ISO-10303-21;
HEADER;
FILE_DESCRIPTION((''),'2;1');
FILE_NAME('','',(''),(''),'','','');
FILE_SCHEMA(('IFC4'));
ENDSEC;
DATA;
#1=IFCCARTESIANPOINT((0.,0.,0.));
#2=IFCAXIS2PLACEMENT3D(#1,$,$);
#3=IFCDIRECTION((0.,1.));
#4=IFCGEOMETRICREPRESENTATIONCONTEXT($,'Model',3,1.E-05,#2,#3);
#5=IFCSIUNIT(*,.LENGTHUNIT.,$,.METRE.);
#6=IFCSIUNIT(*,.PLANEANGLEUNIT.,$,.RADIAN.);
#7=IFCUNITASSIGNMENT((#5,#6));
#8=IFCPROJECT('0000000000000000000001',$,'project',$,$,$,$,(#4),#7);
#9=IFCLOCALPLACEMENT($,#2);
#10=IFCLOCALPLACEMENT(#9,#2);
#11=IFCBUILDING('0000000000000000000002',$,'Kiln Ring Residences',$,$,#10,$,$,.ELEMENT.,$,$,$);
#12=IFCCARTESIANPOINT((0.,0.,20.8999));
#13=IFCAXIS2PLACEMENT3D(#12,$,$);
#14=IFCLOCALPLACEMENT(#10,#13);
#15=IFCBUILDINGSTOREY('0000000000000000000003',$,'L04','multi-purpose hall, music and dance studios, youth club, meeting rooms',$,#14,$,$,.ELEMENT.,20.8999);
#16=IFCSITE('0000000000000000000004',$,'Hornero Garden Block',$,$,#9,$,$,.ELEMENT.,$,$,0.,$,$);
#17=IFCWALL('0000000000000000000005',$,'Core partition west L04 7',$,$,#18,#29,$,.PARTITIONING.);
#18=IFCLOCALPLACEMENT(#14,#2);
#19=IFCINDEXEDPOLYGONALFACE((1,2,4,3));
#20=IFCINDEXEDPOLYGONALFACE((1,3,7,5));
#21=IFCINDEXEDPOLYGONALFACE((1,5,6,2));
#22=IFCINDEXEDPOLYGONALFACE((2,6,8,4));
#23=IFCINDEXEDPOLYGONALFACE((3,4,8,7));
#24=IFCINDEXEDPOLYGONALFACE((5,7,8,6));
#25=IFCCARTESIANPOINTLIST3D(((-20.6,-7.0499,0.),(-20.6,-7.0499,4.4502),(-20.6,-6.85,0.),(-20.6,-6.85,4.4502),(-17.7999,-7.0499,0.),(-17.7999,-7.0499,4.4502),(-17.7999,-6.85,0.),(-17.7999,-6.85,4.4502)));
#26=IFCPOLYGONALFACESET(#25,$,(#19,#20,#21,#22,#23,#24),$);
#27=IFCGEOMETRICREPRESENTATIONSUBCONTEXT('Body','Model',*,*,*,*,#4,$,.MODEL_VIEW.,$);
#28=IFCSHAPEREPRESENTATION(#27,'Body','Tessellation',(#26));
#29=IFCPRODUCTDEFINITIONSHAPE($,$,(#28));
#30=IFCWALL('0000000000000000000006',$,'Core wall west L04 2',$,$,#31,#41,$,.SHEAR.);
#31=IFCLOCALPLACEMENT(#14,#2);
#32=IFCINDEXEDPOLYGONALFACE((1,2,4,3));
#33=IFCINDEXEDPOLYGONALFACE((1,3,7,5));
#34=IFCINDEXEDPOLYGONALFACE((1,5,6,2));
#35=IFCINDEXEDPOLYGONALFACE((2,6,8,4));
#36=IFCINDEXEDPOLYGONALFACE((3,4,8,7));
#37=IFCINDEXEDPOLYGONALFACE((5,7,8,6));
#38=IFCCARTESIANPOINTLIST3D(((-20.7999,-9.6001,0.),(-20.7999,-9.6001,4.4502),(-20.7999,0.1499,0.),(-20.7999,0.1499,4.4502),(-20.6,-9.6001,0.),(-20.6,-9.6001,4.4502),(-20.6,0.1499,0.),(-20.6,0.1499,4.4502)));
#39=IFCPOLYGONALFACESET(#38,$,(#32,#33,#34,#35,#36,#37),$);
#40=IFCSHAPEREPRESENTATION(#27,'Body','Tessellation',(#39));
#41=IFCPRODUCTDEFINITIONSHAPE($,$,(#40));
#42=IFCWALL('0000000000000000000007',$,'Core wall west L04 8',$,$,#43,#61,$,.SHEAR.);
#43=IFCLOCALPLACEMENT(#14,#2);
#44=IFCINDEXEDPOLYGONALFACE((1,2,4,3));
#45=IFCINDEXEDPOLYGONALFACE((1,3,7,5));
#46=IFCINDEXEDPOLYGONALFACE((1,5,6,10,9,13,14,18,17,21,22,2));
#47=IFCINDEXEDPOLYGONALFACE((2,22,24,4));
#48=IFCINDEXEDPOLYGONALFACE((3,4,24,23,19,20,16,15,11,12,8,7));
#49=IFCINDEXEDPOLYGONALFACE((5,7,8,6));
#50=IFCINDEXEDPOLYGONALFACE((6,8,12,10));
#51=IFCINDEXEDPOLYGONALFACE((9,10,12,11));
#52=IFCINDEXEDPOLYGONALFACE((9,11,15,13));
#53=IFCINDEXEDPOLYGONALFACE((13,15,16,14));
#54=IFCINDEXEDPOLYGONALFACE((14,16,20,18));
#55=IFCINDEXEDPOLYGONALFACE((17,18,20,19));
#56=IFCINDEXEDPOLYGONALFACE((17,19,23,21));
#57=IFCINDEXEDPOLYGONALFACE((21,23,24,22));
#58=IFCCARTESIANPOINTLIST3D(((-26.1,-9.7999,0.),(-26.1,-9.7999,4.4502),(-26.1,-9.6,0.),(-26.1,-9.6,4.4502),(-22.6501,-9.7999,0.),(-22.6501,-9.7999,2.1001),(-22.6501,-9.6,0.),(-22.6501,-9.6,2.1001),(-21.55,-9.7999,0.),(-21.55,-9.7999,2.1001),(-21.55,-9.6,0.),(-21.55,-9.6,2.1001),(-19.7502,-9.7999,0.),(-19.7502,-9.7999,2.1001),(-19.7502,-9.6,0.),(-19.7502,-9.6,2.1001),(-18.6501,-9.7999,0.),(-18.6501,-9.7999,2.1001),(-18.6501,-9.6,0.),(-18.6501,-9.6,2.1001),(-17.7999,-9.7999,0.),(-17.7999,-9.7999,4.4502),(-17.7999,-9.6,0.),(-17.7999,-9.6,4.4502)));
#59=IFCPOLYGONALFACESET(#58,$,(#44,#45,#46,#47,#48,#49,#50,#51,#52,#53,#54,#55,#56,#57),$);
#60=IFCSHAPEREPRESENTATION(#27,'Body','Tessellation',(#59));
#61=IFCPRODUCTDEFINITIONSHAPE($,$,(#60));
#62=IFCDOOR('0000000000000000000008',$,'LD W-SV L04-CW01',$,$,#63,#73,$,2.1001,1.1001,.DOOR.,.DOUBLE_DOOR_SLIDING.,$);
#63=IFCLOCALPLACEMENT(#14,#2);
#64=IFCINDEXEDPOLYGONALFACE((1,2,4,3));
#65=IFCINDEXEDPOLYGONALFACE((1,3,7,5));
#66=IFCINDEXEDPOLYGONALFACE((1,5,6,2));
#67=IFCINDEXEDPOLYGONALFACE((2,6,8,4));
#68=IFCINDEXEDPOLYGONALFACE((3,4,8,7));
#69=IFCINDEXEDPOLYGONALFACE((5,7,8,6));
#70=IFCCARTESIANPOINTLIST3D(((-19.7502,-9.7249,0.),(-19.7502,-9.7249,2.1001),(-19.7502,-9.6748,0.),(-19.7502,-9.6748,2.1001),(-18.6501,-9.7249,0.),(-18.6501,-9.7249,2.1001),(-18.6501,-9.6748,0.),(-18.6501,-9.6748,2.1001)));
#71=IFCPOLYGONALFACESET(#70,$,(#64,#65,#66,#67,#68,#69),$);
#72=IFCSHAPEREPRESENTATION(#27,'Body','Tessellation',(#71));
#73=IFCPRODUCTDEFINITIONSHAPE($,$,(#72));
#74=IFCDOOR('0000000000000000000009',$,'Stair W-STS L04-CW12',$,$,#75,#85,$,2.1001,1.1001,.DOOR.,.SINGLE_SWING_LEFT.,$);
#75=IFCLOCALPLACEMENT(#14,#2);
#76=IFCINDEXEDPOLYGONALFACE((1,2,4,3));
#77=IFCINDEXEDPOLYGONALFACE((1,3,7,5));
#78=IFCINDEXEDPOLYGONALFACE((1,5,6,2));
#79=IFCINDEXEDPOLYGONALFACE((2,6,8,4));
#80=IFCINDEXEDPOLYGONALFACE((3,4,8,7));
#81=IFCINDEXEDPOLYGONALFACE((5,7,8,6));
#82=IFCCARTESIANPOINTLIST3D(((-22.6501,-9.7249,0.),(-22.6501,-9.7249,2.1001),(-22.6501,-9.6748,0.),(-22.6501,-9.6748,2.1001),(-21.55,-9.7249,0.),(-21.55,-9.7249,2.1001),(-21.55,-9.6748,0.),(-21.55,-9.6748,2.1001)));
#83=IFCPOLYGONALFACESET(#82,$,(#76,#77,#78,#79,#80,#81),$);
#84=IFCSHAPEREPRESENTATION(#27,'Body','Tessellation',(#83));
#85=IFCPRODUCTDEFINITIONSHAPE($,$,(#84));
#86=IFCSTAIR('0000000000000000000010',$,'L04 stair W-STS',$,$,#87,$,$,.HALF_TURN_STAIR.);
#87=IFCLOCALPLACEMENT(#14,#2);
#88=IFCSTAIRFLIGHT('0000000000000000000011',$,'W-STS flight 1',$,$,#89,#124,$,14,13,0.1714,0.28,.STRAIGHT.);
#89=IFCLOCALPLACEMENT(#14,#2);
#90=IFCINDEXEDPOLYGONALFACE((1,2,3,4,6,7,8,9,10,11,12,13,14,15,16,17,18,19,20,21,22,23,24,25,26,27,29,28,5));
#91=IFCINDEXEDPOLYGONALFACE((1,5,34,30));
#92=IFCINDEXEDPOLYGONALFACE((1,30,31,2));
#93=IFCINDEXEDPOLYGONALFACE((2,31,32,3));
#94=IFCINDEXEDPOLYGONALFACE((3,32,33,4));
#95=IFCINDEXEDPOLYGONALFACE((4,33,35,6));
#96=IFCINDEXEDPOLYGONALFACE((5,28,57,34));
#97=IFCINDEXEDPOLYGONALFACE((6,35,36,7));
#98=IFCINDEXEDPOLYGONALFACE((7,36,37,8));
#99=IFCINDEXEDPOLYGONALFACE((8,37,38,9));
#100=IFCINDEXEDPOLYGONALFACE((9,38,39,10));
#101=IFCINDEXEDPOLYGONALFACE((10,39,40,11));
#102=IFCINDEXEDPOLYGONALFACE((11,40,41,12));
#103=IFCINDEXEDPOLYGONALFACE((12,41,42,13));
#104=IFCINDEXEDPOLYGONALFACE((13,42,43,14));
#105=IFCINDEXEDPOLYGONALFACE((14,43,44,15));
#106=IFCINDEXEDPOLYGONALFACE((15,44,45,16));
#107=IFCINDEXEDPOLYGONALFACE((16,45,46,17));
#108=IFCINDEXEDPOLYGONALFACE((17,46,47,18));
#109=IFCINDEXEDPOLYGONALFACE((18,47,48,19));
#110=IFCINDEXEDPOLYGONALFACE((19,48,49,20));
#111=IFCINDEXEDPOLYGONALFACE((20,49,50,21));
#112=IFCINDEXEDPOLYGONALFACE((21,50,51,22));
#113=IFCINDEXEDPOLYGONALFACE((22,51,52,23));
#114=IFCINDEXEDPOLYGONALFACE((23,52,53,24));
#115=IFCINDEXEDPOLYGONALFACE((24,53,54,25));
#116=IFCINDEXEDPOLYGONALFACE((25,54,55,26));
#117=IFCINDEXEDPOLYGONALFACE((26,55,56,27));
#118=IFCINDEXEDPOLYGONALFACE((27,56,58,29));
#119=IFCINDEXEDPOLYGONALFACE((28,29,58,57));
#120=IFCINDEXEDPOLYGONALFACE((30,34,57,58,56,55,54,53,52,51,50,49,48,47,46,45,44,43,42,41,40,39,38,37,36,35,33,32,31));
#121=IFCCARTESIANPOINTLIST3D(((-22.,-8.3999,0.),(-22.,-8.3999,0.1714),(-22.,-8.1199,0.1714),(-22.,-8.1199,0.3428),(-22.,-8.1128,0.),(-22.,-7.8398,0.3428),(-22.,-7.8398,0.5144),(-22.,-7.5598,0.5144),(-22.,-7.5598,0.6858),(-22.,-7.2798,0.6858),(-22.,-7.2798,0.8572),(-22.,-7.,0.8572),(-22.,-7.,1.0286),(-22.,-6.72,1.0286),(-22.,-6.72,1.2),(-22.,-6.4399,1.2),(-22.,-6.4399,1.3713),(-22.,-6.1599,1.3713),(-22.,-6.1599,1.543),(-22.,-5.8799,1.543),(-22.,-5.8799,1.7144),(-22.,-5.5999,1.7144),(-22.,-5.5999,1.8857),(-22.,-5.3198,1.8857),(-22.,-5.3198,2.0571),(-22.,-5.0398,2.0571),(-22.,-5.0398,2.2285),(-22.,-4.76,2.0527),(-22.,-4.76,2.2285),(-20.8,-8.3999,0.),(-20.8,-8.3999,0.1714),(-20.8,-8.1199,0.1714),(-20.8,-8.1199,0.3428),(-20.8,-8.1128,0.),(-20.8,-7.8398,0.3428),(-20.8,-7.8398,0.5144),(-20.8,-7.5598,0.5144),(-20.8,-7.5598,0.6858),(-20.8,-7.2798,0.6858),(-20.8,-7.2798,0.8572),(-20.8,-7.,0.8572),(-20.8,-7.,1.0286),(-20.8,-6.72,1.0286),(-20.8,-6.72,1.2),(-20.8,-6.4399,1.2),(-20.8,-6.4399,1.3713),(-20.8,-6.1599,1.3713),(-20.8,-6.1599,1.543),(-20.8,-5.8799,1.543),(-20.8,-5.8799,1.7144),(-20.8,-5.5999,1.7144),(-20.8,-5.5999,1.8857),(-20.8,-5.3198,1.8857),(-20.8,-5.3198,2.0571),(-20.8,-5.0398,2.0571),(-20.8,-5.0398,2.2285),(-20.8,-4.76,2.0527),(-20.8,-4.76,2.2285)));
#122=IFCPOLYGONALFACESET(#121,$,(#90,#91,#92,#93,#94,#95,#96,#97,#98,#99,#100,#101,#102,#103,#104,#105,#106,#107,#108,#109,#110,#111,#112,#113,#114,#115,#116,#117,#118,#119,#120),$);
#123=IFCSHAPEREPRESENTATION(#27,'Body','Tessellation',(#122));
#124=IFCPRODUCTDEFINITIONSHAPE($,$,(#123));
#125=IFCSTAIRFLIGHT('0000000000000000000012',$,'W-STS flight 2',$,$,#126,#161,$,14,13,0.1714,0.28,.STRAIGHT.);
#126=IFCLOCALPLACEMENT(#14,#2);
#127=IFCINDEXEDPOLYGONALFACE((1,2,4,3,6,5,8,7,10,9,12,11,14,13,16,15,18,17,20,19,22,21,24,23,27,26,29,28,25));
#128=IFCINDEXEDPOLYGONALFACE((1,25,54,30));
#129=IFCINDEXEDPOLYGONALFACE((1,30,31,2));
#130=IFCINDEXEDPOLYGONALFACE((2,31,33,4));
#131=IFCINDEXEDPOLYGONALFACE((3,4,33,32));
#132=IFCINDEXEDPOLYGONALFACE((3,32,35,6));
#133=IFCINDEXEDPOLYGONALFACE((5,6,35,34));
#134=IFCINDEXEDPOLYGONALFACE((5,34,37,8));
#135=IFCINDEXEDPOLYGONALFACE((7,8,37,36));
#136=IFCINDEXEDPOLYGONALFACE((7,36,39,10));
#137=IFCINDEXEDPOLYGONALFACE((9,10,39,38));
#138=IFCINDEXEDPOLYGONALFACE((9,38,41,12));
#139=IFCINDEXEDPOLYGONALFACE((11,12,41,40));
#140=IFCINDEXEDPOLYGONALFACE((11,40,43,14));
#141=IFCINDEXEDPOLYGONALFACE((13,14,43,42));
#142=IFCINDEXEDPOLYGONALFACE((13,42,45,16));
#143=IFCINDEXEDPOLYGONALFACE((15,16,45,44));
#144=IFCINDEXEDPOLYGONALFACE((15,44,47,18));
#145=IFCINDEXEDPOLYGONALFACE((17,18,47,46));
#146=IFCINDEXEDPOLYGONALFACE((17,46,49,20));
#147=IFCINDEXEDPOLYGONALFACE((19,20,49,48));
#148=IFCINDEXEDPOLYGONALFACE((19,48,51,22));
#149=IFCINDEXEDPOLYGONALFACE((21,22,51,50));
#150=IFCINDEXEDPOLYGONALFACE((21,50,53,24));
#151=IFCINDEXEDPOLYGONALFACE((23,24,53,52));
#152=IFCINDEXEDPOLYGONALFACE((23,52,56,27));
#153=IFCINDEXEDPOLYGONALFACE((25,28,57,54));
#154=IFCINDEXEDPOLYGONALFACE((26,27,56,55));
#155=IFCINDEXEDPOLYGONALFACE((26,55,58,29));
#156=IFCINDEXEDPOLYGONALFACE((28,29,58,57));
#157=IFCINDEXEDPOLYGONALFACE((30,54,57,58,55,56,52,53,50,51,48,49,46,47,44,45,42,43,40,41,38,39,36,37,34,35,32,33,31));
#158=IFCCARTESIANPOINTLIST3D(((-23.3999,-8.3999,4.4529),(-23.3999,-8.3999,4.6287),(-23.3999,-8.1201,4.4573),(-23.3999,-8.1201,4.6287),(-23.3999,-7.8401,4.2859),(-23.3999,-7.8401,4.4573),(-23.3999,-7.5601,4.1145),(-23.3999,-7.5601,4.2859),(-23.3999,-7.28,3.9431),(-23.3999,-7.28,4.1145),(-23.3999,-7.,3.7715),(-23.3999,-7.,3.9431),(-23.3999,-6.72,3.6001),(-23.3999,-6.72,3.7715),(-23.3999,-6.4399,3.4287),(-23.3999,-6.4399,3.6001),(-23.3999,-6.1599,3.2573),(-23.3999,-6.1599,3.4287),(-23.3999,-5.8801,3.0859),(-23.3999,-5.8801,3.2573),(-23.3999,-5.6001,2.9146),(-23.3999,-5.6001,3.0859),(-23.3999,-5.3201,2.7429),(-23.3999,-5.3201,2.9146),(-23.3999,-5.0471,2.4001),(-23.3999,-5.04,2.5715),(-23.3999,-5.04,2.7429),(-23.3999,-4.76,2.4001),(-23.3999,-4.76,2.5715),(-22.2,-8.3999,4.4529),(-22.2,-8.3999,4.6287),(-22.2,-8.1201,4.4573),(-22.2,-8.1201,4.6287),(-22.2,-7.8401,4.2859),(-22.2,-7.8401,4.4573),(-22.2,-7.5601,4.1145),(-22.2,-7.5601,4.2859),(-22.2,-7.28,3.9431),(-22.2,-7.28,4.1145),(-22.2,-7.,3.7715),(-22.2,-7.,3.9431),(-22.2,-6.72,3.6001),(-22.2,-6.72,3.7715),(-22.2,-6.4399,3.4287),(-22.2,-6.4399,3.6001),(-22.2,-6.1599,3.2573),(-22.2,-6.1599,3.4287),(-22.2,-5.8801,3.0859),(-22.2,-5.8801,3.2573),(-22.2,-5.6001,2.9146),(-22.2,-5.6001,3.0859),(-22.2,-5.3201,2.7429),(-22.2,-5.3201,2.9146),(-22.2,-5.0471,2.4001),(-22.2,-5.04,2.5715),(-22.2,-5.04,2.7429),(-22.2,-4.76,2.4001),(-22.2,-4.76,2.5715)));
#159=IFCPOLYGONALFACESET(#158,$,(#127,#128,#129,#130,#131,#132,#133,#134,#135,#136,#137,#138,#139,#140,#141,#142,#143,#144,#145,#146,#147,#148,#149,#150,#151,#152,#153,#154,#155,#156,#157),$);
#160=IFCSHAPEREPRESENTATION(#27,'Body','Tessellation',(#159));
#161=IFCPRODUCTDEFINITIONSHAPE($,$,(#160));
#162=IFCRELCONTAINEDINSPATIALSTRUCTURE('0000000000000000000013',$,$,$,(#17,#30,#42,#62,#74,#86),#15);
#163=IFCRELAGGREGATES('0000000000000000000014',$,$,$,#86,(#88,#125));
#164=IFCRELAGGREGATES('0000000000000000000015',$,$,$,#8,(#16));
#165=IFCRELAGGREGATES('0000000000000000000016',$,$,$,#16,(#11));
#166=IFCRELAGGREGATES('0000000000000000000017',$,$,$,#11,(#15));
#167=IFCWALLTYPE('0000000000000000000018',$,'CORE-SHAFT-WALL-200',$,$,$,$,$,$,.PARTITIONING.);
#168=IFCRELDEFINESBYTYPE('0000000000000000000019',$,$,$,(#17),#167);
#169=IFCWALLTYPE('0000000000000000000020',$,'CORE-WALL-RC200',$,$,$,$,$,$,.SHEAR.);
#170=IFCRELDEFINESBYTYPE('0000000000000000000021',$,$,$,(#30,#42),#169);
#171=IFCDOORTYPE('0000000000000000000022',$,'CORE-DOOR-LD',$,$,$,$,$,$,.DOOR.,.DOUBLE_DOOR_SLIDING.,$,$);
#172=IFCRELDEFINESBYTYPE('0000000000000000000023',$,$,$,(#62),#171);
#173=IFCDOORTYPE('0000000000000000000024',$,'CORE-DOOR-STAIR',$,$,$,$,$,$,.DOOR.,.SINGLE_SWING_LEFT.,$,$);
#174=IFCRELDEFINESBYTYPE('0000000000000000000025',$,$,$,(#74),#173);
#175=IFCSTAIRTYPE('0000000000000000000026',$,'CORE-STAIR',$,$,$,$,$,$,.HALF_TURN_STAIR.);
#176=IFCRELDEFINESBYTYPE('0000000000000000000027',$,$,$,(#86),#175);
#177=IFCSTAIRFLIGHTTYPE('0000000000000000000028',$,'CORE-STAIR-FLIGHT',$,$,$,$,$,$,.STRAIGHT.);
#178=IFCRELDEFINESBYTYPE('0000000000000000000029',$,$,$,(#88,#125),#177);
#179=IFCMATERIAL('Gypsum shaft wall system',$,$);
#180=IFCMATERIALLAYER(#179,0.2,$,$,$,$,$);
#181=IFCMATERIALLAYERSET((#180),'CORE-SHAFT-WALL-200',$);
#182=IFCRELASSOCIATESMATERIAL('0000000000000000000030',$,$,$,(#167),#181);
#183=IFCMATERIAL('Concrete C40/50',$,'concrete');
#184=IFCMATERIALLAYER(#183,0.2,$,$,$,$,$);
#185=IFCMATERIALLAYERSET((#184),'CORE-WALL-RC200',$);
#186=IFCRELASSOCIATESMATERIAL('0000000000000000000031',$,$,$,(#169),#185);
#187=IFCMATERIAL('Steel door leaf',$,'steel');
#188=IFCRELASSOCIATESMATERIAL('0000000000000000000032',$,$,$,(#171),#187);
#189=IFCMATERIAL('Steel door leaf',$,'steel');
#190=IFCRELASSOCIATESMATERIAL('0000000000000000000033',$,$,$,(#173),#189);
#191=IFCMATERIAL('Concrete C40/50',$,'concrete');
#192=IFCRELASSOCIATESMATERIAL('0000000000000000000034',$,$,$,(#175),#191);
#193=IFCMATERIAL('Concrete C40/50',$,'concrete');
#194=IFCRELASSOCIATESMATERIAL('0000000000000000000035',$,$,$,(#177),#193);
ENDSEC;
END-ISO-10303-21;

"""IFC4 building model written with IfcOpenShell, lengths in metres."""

from ifc_helpers import new_model, si_unit, direction, frame, frame_2d, origin, place, context, subcontext, project, spatial, polyline, rectangle, outline, extrude, material, layer, layer_set, type_object, element, fill, aggregate, save


model = new_model("IFC4")

# Units and contexts
model_context = context("Model", 3, precision=1e-05, world=origin(), true_north=direction((0.0, 1.0)))
body_context = subcontext(model_context, "Body", "Model", "MODEL_VIEW")
ifc_project = project(units=[si_unit("LENGTHUNIT", "METRE"), si_unit("PLANEANGLEUNIT", "RADIAN")], contexts=[model_context])

# Site, building, storey
site_placement = place(None, origin())
site = spatial("IfcSite", under=ifc_project, at=site_placement, Name="Hornero Garden Block", CompositionType="ELEMENT", RefElevation=0.0)
building_placement = place(site_placement, origin())
building = spatial("IfcBuilding", under=site, at=building_placement, Name="Kiln Ring Residences", CompositionType="ELEMENT")
storey_placement = place(building_placement, frame((0.0, 0.0, 20.8999)))
storey = spatial("IfcBuildingStorey", under=building, at=storey_placement, Name="L04", Description="multi-purpose hall, music and dance studios, youth club, meeting rooms", CompositionType="ELEMENT", Elevation=20.8999)

# Walls
ifc_material_1 = material(Name="Gypsum shaft wall system")
ifc_layer_1 = layer(ifc_material_1, 0.2)
ifc_layer_set_1 = layer_set([ifc_layer_1], Name="CORE-SHAFT-WALL-200")
wall_type_1 = type_object("IfcWallType", Name="CORE-SHAFT-WALL-200", PredefinedType="PARTITIONING", material=ifc_layer_set_1)
wall_1_placement = place(storey_placement, frame((-17.8, -6.95, 0.0), z_axis=(0.0, 0.0, 1.0), x_axis=(-1.0, 0.0, 0.0)))
element("IfcWall", 1, at=wall_1_placement, inside=storey, type_object=wall_type_1, Name="Core partition west L04 7", PredefinedType="PARTITIONING", context=body_context, shape_type="SweptSolid", body=[
    extrude(rectangle(XDim=2.8, YDim=0.2, at=frame_2d((1.3999, 0.0))), origin(), (0.0, 0.0, 1.0), 4.4502),
])
ifc_material_2 = material(Name="Concrete C40/50", Category="concrete")
ifc_layer_2 = layer(ifc_material_2, 0.2)
ifc_layer_set_2 = layer_set([ifc_layer_2], Name="CORE-WALL-RC200")
wall_type_2 = type_object("IfcWallType", Name="CORE-WALL-RC200", PredefinedType="SHEAR", material=ifc_layer_set_2)
wall_2_placement = place(storey_placement, frame((-20.7, -9.6001, 0.0), z_axis=(0.0, 0.0, 1.0), x_axis=(0.0, 1.0, 0.0)))
element("IfcWall", 2, at=wall_2_placement, inside=storey, type_object=wall_type_2, Name="Core wall west L04 2", PredefinedType="SHEAR", context=body_context, shape_type="SweptSolid", body=[
    extrude(rectangle(XDim=9.75, YDim=0.2, at=frame_2d((4.875, 0.0))), origin(), (0.0, 0.0, 1.0), 4.4502),
])

# Wall, openings, doors
wall_3_placement = place(storey_placement, frame((-17.8, -9.7, 0.0), z_axis=(0.0, 0.0, 1.0), x_axis=(-1.0, 0.0, 0.0)))
wall_3 = element("IfcWall", 3, at=wall_3_placement, inside=storey, type_object=wall_type_2, Name="Core wall west L04 8", PredefinedType="SHEAR", context=body_context, shape_type="SweptSolid", body=[
    extrude(rectangle(XDim=8.3, YDim=0.2, at=frame_2d((4.1499, 0.0))), origin(), (0.0, 0.0, 1.0), 4.4502),
])
opening_1_placement = place(wall_3_placement, frame((0.8501, 0.0, 0.0)))
opening_1 = element("IfcOpeningElement", 4, at=opening_1_placement, cuts=wall_3, PredefinedType="OPENING", context=body_context, shape_type="SweptSolid", body=[
    extrude(rectangle(XDim=1.1001, YDim=2.1001, at=frame_2d((0.55, 1.05))), frame((0.0, 0.1099, 0.0), z_axis=(0.0, -1.0, 0.0), x_axis=(1.0, 0.0, 0.0)), (0.0, 0.0, 1.0), 0.22),
])
opening_2_placement = place(wall_3_placement, frame((3.75, 0.0, 0.0)))
opening_2 = element("IfcOpeningElement", 5, at=opening_2_placement, cuts=wall_3, PredefinedType="OPENING", context=body_context, shape_type="SweptSolid", body=[
    extrude(rectangle(XDim=1.1001, YDim=2.1001, at=frame_2d((0.55, 1.05))), frame((0.0, 0.1099, 0.0), z_axis=(0.0, -1.0, 0.0), x_axis=(1.0, 0.0, 0.0)), (0.0, 0.0, 1.0), 0.22),
])
ifc_material_3 = material(Name="Steel door leaf", Category="steel")
door_type_1 = type_object("IfcDoorType", Name="CORE-DOOR-LD", OperationType="DOUBLE_DOOR_SLIDING", PredefinedType="DOOR", material=ifc_material_3)
door_1_placement = place(opening_1_placement, origin())
door_1 = element("IfcDoor", 6, at=door_1_placement, inside=storey, type_object=door_type_1, Name="LD W-SV L04-CW01", OperationType="DOUBLE_DOOR_SLIDING", OverallHeight=2.1001, OverallWidth=1.1001, PredefinedType="DOOR", context=body_context, shape_type="SweptSolid", body=[
    extrude(rectangle(XDim=1.1001, YDim=2.1001, at=frame_2d((0.55, 1.05))), frame((0.0, 0.0249, 0.0), z_axis=(0.0, -1.0, 0.0), x_axis=(1.0, 0.0, 0.0)), (0.0, 0.0, 1.0), 0.05),
])
fill(opening_1, door_1)
ifc_material_4 = material(Name="Steel door leaf", Category="steel")
door_type_2 = type_object("IfcDoorType", Name="CORE-DOOR-STAIR", OperationType="SINGLE_SWING_LEFT", PredefinedType="DOOR", material=ifc_material_4)
door_2_placement = place(opening_2_placement, origin())
door_2 = element("IfcDoor", 7, at=door_2_placement, inside=storey, type_object=door_type_2, Name="Stair W-STS L04-CW12", OperationType="SINGLE_SWING_LEFT", OverallHeight=2.1001, OverallWidth=1.1001, PredefinedType="DOOR", context=body_context, shape_type="SweptSolid", body=[
    extrude(rectangle(XDim=1.1001, YDim=2.1001, at=frame_2d((0.55, 1.05))), frame((0.0, 0.0249, 0.0), z_axis=(0.0, -1.0, 0.0), x_axis=(1.0, 0.0, 0.0)), (0.0, 0.0, 1.0), 0.05),
])
fill(opening_2, door_2)

# Stair, stair flights
ifc_material_5 = material(Name="Concrete C40/50", Category="concrete")
stair_type = type_object("IfcStairType", Name="CORE-STAIR", PredefinedType="HALF_TURN_STAIR", material=ifc_material_5)
stair_placement = place(storey_placement, origin())
stair = element("IfcStair", 8, at=stair_placement, inside=storey, type_object=stair_type, Name="L04 stair W-STS", PredefinedType="HALF_TURN_STAIR")
ifc_material_6 = material(Name="Concrete C40/50", Category="concrete")
stair_flight_type = type_object("IfcStairFlightType", Name="CORE-STAIR-FLIGHT", PredefinedType="STRAIGHT", material=ifc_material_6)
stair_flight_1_placement = place(storey_placement, frame((-21.3999, -8.3999, 0.0), z_axis=(0.0, 0.0, 1.0), x_axis=(0.0, 1.0, 0.0)))
stair_flight_1 = element("IfcStairFlight", 9, at=stair_flight_1_placement, type_object=stair_flight_type, Name="W-STS flight 1", NumberOfRisers=14, NumberOfTreads=13, PredefinedType="STRAIGHT", RiserHeight=0.1714, TreadLength=0.28, context=body_context, shape_type="SweptSolid", body=[
    extrude(outline(polyline([(0.0, 0.0), (0.0, 0.1714), (0.28, 0.1714), (0.28, 0.3428), (0.5601, 0.3428), (0.5601, 0.5144), (0.8401, 0.5144), (0.8401, 0.6858), (1.1201, 0.6858), (1.1201, 0.8572), (1.3999, 0.8572), (1.3999, 1.0286), (1.6799, 1.0286), (1.6799, 1.2), (1.96, 1.2), (1.96, 1.3713), (2.24, 1.3713), (2.24, 1.543), (2.52, 1.543), (2.52, 1.7144), (2.8, 1.7144), (2.8, 1.8857), (3.0801, 1.8857), (3.0801, 2.0571), (3.3601, 2.0571), (3.3601, 2.2285), (3.6399, 2.2285), (3.6399, 2.3999), (3.6399, 2.0527), (0.2871, 0.0), (0.0, 0.0)])), frame((0.0, 0.6001, 0.0), z_axis=(0.0, -1.0, 0.0), x_axis=(1.0, 0.0, 0.0)), (0.0, 0.0, 1.0), 1.2),
])
stair_flight_2_placement = place(storey_placement, frame((-22.8, -4.76, 2.4001), z_axis=(0.0, 0.0, 1.0), x_axis=(0.0, -1.0, 0.0)))
stair_flight_2 = element("IfcStairFlight", 10, at=stair_flight_2_placement, type_object=stair_flight_type, Name="W-STS flight 2", NumberOfRisers=14, NumberOfTreads=13, PredefinedType="STRAIGHT", RiserHeight=0.1714, TreadLength=0.28, context=body_context, shape_type="SweptSolid", body=[
    extrude(outline(polyline([(0.0, 0.0), (0.0, 0.1714), (0.28, 0.1714), (0.28, 0.3428), (0.5601, 0.3428), (0.5601, 0.5144), (0.8401, 0.5144), (0.8401, 0.6858), (1.1201, 0.6858), (1.1201, 0.8572), (1.3999, 0.8572), (1.3999, 1.0286), (1.6799, 1.0286), (1.6799, 1.2), (1.96, 1.2), (1.96, 1.3713), (2.24, 1.3713), (2.24, 1.543), (2.52, 1.543), (2.52, 1.7144), (2.8, 1.7144), (2.8, 1.8857), (3.0801, 1.8857), (3.0801, 2.0571), (3.3601, 2.0571), (3.3601, 2.2285), (3.6399, 2.2285), (3.6399, 2.3999), (3.6399, 2.0527), (0.2871, 0.0), (0.0, 0.0)])), frame((0.0, 0.6001, 0.0), z_axis=(0.0, -1.0, 0.0), x_axis=(1.0, 0.0, 0.0)), (0.0, 0.0, 1.0), 1.2),
])
aggregate(stair, [stair_flight_1, stair_flight_2])

save(model, "model.ifc")
